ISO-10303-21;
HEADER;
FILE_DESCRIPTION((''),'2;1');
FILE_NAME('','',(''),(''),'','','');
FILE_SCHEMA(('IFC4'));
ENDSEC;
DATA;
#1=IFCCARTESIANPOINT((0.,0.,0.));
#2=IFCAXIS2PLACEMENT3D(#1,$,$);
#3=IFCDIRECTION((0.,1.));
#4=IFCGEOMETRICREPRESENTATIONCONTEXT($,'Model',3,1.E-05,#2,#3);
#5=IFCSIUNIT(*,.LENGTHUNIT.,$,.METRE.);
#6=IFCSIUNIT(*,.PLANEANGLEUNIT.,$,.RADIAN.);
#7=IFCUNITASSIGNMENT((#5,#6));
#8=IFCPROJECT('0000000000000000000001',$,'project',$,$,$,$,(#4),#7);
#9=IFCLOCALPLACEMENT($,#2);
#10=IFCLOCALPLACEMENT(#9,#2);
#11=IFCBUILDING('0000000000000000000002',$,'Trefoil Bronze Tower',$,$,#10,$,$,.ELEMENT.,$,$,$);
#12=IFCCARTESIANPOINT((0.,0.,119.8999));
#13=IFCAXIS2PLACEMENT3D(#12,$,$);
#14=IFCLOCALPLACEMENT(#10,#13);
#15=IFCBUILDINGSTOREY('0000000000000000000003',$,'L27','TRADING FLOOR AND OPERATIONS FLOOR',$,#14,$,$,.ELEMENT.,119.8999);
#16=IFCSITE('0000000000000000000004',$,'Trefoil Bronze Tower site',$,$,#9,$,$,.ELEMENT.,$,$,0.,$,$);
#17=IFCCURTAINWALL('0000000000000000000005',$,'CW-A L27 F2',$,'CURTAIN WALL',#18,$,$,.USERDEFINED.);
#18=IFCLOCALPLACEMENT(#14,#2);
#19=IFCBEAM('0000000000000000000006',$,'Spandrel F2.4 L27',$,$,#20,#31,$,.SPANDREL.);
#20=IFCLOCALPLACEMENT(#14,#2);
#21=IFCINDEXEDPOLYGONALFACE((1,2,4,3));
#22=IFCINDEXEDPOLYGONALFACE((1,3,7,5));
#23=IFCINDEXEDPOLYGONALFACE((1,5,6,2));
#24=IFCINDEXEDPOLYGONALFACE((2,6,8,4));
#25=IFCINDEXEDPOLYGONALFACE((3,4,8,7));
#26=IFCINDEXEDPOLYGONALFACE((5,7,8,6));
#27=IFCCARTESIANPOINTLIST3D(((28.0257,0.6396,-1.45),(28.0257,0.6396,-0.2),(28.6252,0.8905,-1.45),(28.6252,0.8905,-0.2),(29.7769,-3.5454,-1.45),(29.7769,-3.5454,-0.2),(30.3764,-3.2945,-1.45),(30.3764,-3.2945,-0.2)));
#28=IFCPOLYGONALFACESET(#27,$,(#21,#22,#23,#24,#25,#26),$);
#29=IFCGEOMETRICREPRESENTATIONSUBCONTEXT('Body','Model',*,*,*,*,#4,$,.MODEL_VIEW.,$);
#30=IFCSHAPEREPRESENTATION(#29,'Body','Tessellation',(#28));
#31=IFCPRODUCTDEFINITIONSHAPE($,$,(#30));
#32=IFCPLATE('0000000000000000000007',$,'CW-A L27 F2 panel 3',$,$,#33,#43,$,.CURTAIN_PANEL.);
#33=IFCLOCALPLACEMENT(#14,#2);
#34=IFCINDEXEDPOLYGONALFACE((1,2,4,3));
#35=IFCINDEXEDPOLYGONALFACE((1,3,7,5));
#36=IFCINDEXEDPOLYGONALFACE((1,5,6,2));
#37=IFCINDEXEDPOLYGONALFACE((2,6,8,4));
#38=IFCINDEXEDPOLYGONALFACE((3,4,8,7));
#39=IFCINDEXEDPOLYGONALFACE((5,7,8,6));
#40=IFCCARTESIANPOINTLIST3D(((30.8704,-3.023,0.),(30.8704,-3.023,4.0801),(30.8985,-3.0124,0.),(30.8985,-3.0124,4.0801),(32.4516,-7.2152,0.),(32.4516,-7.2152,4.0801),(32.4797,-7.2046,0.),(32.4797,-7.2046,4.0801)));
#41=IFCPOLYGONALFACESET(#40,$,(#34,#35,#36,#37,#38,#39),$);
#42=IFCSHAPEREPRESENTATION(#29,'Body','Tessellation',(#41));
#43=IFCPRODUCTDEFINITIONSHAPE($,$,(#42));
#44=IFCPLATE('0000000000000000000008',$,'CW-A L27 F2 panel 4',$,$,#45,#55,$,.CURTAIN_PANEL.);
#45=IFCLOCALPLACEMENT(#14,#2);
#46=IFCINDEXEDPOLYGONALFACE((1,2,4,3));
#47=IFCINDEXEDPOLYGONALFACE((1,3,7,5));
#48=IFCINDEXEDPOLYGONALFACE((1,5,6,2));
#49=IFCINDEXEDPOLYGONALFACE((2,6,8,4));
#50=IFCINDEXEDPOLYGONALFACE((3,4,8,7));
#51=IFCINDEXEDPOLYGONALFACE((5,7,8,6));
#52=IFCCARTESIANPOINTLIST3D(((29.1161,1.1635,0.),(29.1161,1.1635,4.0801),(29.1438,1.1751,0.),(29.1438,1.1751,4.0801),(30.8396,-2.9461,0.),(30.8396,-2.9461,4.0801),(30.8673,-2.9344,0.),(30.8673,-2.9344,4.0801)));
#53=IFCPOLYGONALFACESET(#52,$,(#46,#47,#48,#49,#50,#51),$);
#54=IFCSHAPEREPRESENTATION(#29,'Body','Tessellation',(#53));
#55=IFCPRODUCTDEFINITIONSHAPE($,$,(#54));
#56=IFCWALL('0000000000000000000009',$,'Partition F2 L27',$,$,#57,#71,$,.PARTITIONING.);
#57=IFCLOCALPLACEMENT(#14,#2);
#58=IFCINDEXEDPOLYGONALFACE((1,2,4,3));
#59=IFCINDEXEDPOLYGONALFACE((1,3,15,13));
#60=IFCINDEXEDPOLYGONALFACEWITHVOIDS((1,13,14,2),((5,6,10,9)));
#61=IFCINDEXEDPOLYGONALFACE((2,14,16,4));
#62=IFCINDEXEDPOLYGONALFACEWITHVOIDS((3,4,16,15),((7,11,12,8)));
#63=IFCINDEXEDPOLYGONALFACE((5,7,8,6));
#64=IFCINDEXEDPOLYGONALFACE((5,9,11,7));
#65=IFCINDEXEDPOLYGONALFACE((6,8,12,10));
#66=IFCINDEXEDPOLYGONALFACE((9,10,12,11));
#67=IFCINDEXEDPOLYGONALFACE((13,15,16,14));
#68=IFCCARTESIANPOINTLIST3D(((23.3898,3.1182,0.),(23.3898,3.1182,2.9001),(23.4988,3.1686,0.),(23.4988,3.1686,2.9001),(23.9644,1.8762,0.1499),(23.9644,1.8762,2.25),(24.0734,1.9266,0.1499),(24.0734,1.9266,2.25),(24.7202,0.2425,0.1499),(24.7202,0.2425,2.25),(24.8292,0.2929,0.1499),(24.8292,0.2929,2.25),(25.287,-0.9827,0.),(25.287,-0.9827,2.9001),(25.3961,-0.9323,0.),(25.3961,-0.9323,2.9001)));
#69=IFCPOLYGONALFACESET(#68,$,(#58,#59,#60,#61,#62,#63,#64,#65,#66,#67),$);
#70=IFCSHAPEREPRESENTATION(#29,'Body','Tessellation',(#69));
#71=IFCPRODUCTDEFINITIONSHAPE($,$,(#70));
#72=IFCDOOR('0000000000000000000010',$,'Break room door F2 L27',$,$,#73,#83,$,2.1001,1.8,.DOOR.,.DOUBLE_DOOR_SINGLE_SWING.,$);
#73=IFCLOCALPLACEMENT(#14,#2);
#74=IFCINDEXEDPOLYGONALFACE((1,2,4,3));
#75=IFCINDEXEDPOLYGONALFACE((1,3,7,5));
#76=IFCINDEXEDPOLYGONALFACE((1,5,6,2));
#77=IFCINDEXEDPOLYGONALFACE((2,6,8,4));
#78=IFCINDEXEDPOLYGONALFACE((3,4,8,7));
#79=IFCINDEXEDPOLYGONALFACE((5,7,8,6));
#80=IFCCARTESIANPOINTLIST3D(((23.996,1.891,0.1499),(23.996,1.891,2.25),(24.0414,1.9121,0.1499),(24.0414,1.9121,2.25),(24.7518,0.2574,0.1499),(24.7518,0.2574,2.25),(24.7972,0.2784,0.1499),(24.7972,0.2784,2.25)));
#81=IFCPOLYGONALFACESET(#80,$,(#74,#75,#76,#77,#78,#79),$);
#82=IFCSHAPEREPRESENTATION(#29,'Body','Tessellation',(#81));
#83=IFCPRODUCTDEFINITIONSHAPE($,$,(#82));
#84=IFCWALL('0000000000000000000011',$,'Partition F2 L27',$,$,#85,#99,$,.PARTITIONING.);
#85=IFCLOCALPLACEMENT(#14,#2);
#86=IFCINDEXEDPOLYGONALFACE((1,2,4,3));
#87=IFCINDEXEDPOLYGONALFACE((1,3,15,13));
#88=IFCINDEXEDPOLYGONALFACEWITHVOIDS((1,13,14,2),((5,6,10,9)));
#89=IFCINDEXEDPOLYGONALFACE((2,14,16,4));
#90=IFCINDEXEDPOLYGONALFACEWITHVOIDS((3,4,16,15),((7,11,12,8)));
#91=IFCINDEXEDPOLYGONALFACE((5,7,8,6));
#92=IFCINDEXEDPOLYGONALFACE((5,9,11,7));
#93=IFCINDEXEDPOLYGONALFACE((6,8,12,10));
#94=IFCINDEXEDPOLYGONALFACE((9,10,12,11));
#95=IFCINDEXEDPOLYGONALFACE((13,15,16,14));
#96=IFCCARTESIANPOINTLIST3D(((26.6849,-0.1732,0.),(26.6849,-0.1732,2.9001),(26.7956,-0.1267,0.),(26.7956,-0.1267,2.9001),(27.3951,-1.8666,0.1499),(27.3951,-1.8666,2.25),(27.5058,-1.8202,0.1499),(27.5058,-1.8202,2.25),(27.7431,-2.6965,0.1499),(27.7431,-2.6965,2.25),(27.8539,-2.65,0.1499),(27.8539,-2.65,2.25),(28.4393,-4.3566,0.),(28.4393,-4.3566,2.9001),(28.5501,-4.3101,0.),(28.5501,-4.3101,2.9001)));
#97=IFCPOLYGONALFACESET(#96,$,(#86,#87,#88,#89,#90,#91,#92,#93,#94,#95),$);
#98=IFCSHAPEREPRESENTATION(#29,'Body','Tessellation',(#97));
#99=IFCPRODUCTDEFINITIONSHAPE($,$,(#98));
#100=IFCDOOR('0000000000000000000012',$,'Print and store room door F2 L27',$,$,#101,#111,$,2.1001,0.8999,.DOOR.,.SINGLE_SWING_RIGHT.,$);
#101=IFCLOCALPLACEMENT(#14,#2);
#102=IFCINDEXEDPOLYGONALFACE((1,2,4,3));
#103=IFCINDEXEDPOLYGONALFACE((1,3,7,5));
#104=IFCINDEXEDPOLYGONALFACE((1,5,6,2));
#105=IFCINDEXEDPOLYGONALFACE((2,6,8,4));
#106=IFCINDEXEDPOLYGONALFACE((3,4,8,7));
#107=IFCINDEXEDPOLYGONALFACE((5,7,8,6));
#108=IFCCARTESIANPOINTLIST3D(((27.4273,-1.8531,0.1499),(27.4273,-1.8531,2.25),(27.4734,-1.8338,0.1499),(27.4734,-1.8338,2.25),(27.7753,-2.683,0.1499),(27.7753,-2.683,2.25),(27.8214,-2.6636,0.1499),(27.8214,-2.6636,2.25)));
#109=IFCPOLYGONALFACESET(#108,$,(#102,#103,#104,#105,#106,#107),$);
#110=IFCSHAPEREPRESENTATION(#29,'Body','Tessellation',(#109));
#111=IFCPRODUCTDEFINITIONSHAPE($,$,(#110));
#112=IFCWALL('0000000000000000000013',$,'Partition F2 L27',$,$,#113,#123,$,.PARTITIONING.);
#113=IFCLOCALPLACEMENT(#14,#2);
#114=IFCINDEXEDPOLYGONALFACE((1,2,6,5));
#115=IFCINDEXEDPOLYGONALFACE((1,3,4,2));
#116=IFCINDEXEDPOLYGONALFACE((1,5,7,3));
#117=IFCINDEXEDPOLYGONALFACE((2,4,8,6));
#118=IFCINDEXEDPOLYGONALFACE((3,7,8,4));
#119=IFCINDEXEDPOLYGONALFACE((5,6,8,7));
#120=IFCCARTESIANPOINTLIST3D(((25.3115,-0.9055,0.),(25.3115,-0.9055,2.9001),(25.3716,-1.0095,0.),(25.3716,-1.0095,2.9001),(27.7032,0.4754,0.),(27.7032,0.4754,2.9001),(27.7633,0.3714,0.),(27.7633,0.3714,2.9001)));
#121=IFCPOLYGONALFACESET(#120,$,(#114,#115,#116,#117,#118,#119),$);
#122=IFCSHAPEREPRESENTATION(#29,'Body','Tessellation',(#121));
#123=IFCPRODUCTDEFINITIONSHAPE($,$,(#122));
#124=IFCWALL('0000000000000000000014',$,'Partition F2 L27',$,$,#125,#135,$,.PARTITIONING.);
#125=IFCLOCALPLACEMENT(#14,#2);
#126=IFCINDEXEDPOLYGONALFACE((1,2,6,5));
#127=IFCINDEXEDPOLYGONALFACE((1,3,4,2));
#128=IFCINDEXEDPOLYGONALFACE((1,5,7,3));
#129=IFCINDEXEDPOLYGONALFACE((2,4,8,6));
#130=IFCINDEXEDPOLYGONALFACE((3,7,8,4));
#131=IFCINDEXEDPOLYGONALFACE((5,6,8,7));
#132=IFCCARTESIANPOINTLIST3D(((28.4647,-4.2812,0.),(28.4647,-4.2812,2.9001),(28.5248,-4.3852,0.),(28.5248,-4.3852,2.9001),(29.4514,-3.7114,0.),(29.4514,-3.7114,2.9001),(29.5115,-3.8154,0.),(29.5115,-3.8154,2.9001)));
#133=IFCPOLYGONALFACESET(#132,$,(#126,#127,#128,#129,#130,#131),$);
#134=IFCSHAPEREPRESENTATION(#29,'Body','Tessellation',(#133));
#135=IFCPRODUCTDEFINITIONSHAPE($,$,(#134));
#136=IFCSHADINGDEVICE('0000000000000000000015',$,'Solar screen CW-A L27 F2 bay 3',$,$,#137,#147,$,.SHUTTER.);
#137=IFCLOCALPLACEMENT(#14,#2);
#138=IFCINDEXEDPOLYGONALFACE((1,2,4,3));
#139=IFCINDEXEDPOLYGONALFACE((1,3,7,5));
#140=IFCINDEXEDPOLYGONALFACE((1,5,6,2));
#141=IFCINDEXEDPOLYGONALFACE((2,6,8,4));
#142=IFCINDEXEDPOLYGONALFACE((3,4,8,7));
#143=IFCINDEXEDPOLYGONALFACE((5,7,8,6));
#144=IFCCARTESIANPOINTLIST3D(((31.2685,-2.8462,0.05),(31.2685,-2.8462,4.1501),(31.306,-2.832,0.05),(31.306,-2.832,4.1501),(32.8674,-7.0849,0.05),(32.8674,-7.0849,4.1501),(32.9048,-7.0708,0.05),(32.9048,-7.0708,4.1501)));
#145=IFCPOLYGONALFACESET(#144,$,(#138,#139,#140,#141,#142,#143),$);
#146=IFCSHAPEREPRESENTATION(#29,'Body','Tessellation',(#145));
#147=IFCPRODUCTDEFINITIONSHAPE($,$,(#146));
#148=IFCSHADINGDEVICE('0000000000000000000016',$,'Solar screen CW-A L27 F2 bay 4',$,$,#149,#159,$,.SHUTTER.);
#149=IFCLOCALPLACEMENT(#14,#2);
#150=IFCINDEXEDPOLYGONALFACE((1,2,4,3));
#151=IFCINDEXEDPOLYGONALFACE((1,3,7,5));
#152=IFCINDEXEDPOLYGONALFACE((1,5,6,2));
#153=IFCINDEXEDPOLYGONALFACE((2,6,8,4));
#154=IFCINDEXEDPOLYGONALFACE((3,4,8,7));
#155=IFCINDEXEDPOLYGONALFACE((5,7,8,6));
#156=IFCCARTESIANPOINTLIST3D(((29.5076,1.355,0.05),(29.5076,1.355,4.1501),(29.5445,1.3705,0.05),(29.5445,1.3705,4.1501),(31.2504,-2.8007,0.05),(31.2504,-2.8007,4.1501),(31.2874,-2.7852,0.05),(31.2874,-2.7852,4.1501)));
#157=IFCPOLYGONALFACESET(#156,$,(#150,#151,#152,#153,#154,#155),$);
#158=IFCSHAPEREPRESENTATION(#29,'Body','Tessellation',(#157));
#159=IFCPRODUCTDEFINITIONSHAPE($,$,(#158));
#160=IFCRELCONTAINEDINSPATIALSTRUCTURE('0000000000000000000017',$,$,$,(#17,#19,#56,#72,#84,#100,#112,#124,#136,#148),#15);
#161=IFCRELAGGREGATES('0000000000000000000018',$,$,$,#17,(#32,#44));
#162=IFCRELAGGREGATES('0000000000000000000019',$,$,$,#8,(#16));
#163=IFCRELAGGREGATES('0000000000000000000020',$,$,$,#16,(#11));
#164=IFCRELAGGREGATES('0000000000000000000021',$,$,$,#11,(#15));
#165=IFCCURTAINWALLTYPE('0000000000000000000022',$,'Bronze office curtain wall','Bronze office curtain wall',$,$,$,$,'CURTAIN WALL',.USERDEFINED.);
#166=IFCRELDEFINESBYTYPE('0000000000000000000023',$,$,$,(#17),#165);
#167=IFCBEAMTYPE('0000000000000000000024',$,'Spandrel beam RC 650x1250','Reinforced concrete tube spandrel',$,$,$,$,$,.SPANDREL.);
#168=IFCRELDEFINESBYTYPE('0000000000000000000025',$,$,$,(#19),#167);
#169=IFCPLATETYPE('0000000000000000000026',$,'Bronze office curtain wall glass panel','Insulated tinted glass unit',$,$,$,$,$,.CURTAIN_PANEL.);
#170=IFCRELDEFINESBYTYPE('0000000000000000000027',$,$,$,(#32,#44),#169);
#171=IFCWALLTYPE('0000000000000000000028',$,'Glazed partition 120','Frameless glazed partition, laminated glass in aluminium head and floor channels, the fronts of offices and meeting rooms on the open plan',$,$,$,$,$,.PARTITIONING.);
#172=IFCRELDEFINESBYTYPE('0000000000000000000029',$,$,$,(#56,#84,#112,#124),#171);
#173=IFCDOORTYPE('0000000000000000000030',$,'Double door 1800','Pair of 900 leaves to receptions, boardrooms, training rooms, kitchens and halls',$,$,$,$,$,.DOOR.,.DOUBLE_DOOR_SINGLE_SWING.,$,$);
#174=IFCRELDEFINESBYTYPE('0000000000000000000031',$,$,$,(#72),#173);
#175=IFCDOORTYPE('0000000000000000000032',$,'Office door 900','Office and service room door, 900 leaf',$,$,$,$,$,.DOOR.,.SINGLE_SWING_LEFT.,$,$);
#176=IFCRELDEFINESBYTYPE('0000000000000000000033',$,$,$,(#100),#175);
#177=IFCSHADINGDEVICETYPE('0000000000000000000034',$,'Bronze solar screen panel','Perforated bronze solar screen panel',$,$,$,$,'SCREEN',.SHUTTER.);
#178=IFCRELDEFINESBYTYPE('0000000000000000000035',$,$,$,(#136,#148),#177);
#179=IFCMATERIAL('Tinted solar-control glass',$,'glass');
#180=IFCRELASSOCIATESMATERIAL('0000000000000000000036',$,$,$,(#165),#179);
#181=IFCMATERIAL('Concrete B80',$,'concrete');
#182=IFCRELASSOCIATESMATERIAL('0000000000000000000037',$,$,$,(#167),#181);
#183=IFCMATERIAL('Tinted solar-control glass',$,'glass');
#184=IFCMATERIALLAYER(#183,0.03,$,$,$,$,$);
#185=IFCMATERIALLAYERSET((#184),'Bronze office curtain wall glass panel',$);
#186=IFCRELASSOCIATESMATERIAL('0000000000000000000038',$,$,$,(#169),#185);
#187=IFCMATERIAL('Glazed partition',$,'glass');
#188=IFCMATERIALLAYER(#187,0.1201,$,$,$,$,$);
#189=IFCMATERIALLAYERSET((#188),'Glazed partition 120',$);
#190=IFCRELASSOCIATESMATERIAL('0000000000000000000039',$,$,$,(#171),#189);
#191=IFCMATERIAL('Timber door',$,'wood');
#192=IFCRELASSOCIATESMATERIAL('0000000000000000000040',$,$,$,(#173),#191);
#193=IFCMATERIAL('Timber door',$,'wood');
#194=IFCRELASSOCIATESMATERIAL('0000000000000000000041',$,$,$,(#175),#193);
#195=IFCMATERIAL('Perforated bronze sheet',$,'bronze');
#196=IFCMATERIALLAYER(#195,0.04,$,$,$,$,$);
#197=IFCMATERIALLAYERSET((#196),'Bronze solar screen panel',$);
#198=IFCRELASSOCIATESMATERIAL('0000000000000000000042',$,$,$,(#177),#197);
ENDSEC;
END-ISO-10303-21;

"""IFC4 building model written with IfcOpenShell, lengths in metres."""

from ifc_helpers import new_model, si_unit, direction, frame, frame_2d, origin, origin_2d, place, context, subcontext, project, spatial, rectangle, extrude, material, layer, layer_set, material_profile, profile_set, type_object, element, fill, aggregate, save


model = new_model("IFC4")

# Units and contexts
model_context = context("Model", 3, precision=1e-05, world=origin(), true_north=direction((0.0, 1.0)))
body_context = subcontext(model_context, "Body", "Model", "MODEL_VIEW")
ifc_project = project(units=[si_unit("LENGTHUNIT", "METRE"), si_unit("PLANEANGLEUNIT", "RADIAN")], contexts=[model_context])

# Site, building, storey
site_placement = place(None, origin())
site = spatial("IfcSite", under=ifc_project, at=site_placement, Name="Trefoil Bronze Tower site", CompositionType="ELEMENT", RefElevation=0.0)
building_placement = place(site_placement, origin())
building = spatial("IfcBuilding", under=site, at=building_placement, Name="Trefoil Bronze Tower", CompositionType="ELEMENT")
storey_placement = place(building_placement, frame((0.0, 0.0, 119.8999)))
storey = spatial("IfcBuildingStorey", under=building, at=storey_placement, Name="L27", Description="TRADING FLOOR AND OPERATIONS FLOOR", CompositionType="ELEMENT", Elevation=119.8999)

# Curtain wall
ifc_material_1 = material(Name="Tinted solar-control glass", Category="glass")
curtain_wall_type = type_object("IfcCurtainWallType", Name="Bronze office curtain wall", Description="Bronze office curtain wall", ElementType="CURTAIN WALL", PredefinedType="USERDEFINED", material=ifc_material_1)
curtain_wall_placement = place(storey_placement, origin())
curtain_wall = element("IfcCurtainWall", 1, at=curtain_wall_placement, inside=storey, type_object=curtain_wall_type, Name="CW-A L27 F2", ObjectType="CURTAIN WALL", PredefinedType="USERDEFINED")

# Beam
ifc_material_2 = material(Name="Concrete B80", Category="concrete")
ifc_material_profile_1 = material_profile(ifc_material_2, rectangle(XDim=0.6499, YDim=1.25, at=origin_2d()), Name="RC 650x1250")
ifc_profile_set_1 = profile_set([ifc_material_profile_1], Name="Concrete B80")
beam_type_1 = type_object("IfcBeamType", Name="Spandrel beam RC 650x1250", Description="Reinforced concrete tube spandrel", PredefinedType="SPANDREL", material=ifc_profile_set_1)
beam_1_placement = place(storey_placement, frame((30.0767, -3.4199, -0.825), z_axis=(-0.386013, 0.922493, 0.0), x_axis=(-0.922493, -0.386013, 0.0)))
element("IfcBeam", 2, at=beam_1_placement, inside=storey, type_object=beam_type_1, Name="Spandrel F2.4 L27", PredefinedType="SPANDREL", context=body_context, shape_type="SweptSolid", body=[
    extrude(rectangle(XDim=0.6499, YDim=1.25, at=origin_2d()), origin(), (0.0, 0.0, 1.0), 4.5366),
])

# Plates
ifc_material_3 = material(Name="Tinted solar-control glass", Category="glass")
ifc_layer_1 = layer(ifc_material_3, 0.03)
ifc_layer_set_1 = layer_set([ifc_layer_1], Name="Bronze office curtain wall glass panel")
plate_type = type_object("IfcPlateType", Name="Bronze office curtain wall glass panel", Description="Insulated tinted glass unit", PredefinedType="CURTAIN_PANEL", material=ifc_layer_set_1)
plate_1_placement = place(storey_placement, frame((31.675, -5.1138, 0.0), z_axis=(0.0, 0.0, 1.0), x_axis=(-0.35292, 0.935654, 0.0)))
plate_1 = element("IfcPlate", 3, at=plate_1_placement, type_object=plate_type, Name="CW-A L27 F2 panel 3", PredefinedType="CURTAIN_PANEL", context=body_context, shape_type="SweptSolid", body=[
    extrude(rectangle(XDim=4.4805, YDim=0.03, at=origin_2d()), origin(), (0.0, 0.0, 1.0), 4.0801),
])
plate_2_placement = place(storey_placement, frame((29.9917, -0.8855, 0.0), z_axis=(0.0, 0.0, 1.0), x_axis=(-0.386759, 0.922181, 0.0)))
plate_2 = element("IfcPlate", 4, at=plate_2_placement, type_object=plate_type, Name="CW-A L27 F2 panel 4", PredefinedType="CURTAIN_PANEL", context=body_context, shape_type="SweptSolid", body=[
    extrude(rectangle(XDim=4.4563, YDim=0.03, at=origin_2d()), origin(), (0.0, 0.0, 1.0), 4.0801),
])
aggregate(curtain_wall, [plate_1, plate_2])

# Walls, openings, doors
ifc_material_4 = material(Name="Glazed partition", Category="glass")
ifc_layer_2 = layer(ifc_material_4, 0.1201)
ifc_layer_set_2 = layer_set([ifc_layer_2], Name="Glazed partition 120")
wall_type = type_object("IfcWallType", Name="Glazed partition 120", Description="Frameless glazed partition, laminated glass in aluminium head and floor channels, the fronts of offices and meeting rooms on the open plan", PredefinedType="PARTITIONING", material=ifc_layer_set_2)
wall_1_placement = place(storey_placement, frame((25.3416, -0.9575, 0.0), z_axis=(0.0, 0.0, 1.0), x_axis=(-0.419884, 0.907578, 0.0)))
wall_1 = element("IfcWall", 5, at=wall_1_placement, inside=storey, type_object=wall_type, Name="Partition F2 L27", PredefinedType="PARTITIONING", context=body_context, shape_type="SweptSolid", body=[
    extrude(rectangle(XDim=4.5186, YDim=0.1201, at=frame_2d((2.2593, 0.0))), origin(), (0.0, 0.0, 1.0), 2.9001),
])
opening_1_placement = place(wall_1_placement, frame((1.3501, 0.0, 0.1499)))
opening_1 = element("IfcOpeningElement", 6, at=opening_1_placement, cuts=wall_1, PredefinedType="OPENING", context=body_context, shape_type="SweptSolid", body=[
    extrude(rectangle(XDim=1.8, YDim=2.1001, at=frame_2d((0.8999, 1.05))), frame((0.0, 0.0701, 0.0), z_axis=(0.0, -1.0, 0.0), x_axis=(1.0, 0.0, 0.0)), (0.0, 0.0, 1.0), 0.1401),
])
ifc_material_5 = material(Name="Timber door", Category="wood")
door_type_1 = type_object("IfcDoorType", Name="Double door 1800", Description="Pair of 900 leaves to receptions, boardrooms, training rooms, kitchens and halls", OperationType="DOUBLE_DOOR_SINGLE_SWING", PredefinedType="DOOR", material=ifc_material_5)
door_1_placement = place(opening_1_placement, frame((1.8, 0.0, 0.0), z_axis=(0.0, 0.0, 1.0), x_axis=(-1.0, 0.0, 0.0)))
door_1 = element("IfcDoor", 7, at=door_1_placement, inside=storey, type_object=door_type_1, Name="Break room door F2 L27", OperationType="DOUBLE_DOOR_SINGLE_SWING", OverallHeight=2.1001, OverallWidth=1.8, PredefinedType="DOOR", context=body_context, shape_type="SweptSolid", body=[
    extrude(rectangle(XDim=1.8, YDim=2.1001, at=frame_2d((0.8999, 1.05))), frame((0.0, 0.0249, 0.0), z_axis=(0.0, -1.0, 0.0), x_axis=(1.0, 0.0, 0.0)), (0.0, 0.0, 1.0), 0.05),
])
fill(opening_1, door_1)
wall_2_placement = place(storey_placement, frame((28.4946, -4.3333, 0.0), z_axis=(0.0, 0.0, 1.0), x_axis=(-0.386743, 0.922188, 0.0)))
wall_2 = element("IfcWall", 8, at=wall_2_placement, inside=storey, type_object=wall_type, Name="Partition F2 L27", PredefinedType="PARTITIONING", context=body_context, shape_type="SweptSolid", body=[
    extrude(rectangle(XDim=4.5364, YDim=0.1201, at=frame_2d((2.2681, 0.0))), origin(), (0.0, 0.0, 1.0), 2.9001),
])
opening_2_placement = place(wall_2_placement, frame((1.8, 0.0, 0.1499)))
opening_2 = element("IfcOpeningElement", 9, at=opening_2_placement, cuts=wall_2, PredefinedType="OPENING", context=body_context, shape_type="SweptSolid", body=[
    extrude(rectangle(XDim=0.8999, YDim=2.1001, at=frame_2d((0.45, 1.05))), frame((0.0, 0.0701, 0.0), z_axis=(0.0, -1.0, 0.0), x_axis=(1.0, 0.0, 0.0)), (0.0, 0.0, 1.0), 0.1401),
])
ifc_material_6 = material(Name="Timber door", Category="wood")
door_type_2 = type_object("IfcDoorType", Name="Office door 900", Description="Office and service room door, 900 leaf", OperationType="SINGLE_SWING_LEFT", PredefinedType="DOOR", material=ifc_material_6)
door_2_placement = place(opening_2_placement, frame((0.8999, 0.0, 0.0), z_axis=(0.0, 0.0, 1.0), x_axis=(-1.0, 0.0, 0.0)))
door_2 = element("IfcDoor", 10, at=door_2_placement, inside=storey, type_object=door_type_2, Name="Print and store room door F2 L27", OperationType="SINGLE_SWING_RIGHT", OverallHeight=2.1001, OverallWidth=0.8999, PredefinedType="DOOR", context=body_context, shape_type="SweptSolid", body=[
    extrude(rectangle(XDim=0.8999, YDim=2.1001, at=frame_2d((0.45, 1.05))), frame((0.0, 0.0249, 0.0), z_axis=(0.0, -1.0, 0.0), x_axis=(1.0, 0.0, 0.0)), (0.0, 0.0, 1.0), 0.05),
])
fill(opening_2, door_2)

# Walls
wall_3_placement = place(storey_placement, frame((25.3416, -0.9575, 0.0), z_axis=(0.0, 0.0, 1.0), x_axis=(0.866015, 0.500018, 0.0)))
element("IfcWall", 11, at=wall_3_placement, inside=storey, type_object=wall_type, Name="Partition F2 L27", PredefinedType="PARTITIONING", context=body_context, shape_type="SweptSolid", body=[
    extrude(rectangle(XDim=2.7617, YDim=0.1201, at=frame_2d((1.3809, 0.0))), origin(), (0.0, 0.0, 1.0), 2.9001),
])
wall_4_placement = place(storey_placement, frame((28.4946, -4.3333, 0.0), z_axis=(0.0, 0.0, 1.0), x_axis=(0.865993, 0.500056, 0.0)))
element("IfcWall", 12, at=wall_4_placement, inside=storey, type_object=wall_type, Name="Partition F2 L27", PredefinedType="PARTITIONING", context=body_context, shape_type="SweptSolid", body=[
    extrude(rectangle(XDim=1.1394, YDim=0.1201, at=frame_2d((0.5698, 0.0))), origin(), (0.0, 0.0, 1.0), 2.9001),
])

# Shading devices
ifc_material_7 = material(Name="Perforated bronze sheet", Category="bronze")
ifc_layer_3 = layer(ifc_material_7, 0.04)
ifc_layer_set_3 = layer_set([ifc_layer_3], Name="Bronze solar screen panel")
shading_device_type = type_object("IfcShadingDeviceType", Name="Bronze solar screen panel", Description="Perforated bronze solar screen panel", ElementType="SCREEN", PredefinedType="SHUTTER", material=ifc_layer_set_3)
shading_device_1_placement = place(storey_placement, frame((32.0867, -4.9585, 0.05), z_axis=(0.0, 0.0, 1.0), x_axis=(-0.35292, 0.935654, 0.0)))
element("IfcShadingDevice", 13, at=shading_device_1_placement, inside=storey, type_object=shading_device_type, Name="Solar screen CW-A L27 F2 bay 3", PredefinedType="SHUTTER", context=body_context, shape_type="SweptSolid", body=[
    extrude(rectangle(XDim=4.5303, YDim=0.04, at=origin_2d()), origin(), (0.0, 0.0, 1.0), 4.1001),
])
shading_device_2_placement = place(storey_placement, frame((30.3975, -0.7151, 0.05), z_axis=(0.0, 0.0, 1.0), x_axis=(-0.386759, 0.922181, 0.0)))
element("IfcShadingDevice", 14, at=shading_device_2_placement, inside=storey, type_object=shading_device_type, Name="Solar screen CW-A L27 F2 bay 4", PredefinedType="SHUTTER", context=body_context, shape_type="SweptSolid", body=[
    extrude(rectangle(XDim=4.5063, YDim=0.04, at=origin_2d()), origin(), (0.0, 0.0, 1.0), 4.1001),
])

save(model, "model.ifc")
